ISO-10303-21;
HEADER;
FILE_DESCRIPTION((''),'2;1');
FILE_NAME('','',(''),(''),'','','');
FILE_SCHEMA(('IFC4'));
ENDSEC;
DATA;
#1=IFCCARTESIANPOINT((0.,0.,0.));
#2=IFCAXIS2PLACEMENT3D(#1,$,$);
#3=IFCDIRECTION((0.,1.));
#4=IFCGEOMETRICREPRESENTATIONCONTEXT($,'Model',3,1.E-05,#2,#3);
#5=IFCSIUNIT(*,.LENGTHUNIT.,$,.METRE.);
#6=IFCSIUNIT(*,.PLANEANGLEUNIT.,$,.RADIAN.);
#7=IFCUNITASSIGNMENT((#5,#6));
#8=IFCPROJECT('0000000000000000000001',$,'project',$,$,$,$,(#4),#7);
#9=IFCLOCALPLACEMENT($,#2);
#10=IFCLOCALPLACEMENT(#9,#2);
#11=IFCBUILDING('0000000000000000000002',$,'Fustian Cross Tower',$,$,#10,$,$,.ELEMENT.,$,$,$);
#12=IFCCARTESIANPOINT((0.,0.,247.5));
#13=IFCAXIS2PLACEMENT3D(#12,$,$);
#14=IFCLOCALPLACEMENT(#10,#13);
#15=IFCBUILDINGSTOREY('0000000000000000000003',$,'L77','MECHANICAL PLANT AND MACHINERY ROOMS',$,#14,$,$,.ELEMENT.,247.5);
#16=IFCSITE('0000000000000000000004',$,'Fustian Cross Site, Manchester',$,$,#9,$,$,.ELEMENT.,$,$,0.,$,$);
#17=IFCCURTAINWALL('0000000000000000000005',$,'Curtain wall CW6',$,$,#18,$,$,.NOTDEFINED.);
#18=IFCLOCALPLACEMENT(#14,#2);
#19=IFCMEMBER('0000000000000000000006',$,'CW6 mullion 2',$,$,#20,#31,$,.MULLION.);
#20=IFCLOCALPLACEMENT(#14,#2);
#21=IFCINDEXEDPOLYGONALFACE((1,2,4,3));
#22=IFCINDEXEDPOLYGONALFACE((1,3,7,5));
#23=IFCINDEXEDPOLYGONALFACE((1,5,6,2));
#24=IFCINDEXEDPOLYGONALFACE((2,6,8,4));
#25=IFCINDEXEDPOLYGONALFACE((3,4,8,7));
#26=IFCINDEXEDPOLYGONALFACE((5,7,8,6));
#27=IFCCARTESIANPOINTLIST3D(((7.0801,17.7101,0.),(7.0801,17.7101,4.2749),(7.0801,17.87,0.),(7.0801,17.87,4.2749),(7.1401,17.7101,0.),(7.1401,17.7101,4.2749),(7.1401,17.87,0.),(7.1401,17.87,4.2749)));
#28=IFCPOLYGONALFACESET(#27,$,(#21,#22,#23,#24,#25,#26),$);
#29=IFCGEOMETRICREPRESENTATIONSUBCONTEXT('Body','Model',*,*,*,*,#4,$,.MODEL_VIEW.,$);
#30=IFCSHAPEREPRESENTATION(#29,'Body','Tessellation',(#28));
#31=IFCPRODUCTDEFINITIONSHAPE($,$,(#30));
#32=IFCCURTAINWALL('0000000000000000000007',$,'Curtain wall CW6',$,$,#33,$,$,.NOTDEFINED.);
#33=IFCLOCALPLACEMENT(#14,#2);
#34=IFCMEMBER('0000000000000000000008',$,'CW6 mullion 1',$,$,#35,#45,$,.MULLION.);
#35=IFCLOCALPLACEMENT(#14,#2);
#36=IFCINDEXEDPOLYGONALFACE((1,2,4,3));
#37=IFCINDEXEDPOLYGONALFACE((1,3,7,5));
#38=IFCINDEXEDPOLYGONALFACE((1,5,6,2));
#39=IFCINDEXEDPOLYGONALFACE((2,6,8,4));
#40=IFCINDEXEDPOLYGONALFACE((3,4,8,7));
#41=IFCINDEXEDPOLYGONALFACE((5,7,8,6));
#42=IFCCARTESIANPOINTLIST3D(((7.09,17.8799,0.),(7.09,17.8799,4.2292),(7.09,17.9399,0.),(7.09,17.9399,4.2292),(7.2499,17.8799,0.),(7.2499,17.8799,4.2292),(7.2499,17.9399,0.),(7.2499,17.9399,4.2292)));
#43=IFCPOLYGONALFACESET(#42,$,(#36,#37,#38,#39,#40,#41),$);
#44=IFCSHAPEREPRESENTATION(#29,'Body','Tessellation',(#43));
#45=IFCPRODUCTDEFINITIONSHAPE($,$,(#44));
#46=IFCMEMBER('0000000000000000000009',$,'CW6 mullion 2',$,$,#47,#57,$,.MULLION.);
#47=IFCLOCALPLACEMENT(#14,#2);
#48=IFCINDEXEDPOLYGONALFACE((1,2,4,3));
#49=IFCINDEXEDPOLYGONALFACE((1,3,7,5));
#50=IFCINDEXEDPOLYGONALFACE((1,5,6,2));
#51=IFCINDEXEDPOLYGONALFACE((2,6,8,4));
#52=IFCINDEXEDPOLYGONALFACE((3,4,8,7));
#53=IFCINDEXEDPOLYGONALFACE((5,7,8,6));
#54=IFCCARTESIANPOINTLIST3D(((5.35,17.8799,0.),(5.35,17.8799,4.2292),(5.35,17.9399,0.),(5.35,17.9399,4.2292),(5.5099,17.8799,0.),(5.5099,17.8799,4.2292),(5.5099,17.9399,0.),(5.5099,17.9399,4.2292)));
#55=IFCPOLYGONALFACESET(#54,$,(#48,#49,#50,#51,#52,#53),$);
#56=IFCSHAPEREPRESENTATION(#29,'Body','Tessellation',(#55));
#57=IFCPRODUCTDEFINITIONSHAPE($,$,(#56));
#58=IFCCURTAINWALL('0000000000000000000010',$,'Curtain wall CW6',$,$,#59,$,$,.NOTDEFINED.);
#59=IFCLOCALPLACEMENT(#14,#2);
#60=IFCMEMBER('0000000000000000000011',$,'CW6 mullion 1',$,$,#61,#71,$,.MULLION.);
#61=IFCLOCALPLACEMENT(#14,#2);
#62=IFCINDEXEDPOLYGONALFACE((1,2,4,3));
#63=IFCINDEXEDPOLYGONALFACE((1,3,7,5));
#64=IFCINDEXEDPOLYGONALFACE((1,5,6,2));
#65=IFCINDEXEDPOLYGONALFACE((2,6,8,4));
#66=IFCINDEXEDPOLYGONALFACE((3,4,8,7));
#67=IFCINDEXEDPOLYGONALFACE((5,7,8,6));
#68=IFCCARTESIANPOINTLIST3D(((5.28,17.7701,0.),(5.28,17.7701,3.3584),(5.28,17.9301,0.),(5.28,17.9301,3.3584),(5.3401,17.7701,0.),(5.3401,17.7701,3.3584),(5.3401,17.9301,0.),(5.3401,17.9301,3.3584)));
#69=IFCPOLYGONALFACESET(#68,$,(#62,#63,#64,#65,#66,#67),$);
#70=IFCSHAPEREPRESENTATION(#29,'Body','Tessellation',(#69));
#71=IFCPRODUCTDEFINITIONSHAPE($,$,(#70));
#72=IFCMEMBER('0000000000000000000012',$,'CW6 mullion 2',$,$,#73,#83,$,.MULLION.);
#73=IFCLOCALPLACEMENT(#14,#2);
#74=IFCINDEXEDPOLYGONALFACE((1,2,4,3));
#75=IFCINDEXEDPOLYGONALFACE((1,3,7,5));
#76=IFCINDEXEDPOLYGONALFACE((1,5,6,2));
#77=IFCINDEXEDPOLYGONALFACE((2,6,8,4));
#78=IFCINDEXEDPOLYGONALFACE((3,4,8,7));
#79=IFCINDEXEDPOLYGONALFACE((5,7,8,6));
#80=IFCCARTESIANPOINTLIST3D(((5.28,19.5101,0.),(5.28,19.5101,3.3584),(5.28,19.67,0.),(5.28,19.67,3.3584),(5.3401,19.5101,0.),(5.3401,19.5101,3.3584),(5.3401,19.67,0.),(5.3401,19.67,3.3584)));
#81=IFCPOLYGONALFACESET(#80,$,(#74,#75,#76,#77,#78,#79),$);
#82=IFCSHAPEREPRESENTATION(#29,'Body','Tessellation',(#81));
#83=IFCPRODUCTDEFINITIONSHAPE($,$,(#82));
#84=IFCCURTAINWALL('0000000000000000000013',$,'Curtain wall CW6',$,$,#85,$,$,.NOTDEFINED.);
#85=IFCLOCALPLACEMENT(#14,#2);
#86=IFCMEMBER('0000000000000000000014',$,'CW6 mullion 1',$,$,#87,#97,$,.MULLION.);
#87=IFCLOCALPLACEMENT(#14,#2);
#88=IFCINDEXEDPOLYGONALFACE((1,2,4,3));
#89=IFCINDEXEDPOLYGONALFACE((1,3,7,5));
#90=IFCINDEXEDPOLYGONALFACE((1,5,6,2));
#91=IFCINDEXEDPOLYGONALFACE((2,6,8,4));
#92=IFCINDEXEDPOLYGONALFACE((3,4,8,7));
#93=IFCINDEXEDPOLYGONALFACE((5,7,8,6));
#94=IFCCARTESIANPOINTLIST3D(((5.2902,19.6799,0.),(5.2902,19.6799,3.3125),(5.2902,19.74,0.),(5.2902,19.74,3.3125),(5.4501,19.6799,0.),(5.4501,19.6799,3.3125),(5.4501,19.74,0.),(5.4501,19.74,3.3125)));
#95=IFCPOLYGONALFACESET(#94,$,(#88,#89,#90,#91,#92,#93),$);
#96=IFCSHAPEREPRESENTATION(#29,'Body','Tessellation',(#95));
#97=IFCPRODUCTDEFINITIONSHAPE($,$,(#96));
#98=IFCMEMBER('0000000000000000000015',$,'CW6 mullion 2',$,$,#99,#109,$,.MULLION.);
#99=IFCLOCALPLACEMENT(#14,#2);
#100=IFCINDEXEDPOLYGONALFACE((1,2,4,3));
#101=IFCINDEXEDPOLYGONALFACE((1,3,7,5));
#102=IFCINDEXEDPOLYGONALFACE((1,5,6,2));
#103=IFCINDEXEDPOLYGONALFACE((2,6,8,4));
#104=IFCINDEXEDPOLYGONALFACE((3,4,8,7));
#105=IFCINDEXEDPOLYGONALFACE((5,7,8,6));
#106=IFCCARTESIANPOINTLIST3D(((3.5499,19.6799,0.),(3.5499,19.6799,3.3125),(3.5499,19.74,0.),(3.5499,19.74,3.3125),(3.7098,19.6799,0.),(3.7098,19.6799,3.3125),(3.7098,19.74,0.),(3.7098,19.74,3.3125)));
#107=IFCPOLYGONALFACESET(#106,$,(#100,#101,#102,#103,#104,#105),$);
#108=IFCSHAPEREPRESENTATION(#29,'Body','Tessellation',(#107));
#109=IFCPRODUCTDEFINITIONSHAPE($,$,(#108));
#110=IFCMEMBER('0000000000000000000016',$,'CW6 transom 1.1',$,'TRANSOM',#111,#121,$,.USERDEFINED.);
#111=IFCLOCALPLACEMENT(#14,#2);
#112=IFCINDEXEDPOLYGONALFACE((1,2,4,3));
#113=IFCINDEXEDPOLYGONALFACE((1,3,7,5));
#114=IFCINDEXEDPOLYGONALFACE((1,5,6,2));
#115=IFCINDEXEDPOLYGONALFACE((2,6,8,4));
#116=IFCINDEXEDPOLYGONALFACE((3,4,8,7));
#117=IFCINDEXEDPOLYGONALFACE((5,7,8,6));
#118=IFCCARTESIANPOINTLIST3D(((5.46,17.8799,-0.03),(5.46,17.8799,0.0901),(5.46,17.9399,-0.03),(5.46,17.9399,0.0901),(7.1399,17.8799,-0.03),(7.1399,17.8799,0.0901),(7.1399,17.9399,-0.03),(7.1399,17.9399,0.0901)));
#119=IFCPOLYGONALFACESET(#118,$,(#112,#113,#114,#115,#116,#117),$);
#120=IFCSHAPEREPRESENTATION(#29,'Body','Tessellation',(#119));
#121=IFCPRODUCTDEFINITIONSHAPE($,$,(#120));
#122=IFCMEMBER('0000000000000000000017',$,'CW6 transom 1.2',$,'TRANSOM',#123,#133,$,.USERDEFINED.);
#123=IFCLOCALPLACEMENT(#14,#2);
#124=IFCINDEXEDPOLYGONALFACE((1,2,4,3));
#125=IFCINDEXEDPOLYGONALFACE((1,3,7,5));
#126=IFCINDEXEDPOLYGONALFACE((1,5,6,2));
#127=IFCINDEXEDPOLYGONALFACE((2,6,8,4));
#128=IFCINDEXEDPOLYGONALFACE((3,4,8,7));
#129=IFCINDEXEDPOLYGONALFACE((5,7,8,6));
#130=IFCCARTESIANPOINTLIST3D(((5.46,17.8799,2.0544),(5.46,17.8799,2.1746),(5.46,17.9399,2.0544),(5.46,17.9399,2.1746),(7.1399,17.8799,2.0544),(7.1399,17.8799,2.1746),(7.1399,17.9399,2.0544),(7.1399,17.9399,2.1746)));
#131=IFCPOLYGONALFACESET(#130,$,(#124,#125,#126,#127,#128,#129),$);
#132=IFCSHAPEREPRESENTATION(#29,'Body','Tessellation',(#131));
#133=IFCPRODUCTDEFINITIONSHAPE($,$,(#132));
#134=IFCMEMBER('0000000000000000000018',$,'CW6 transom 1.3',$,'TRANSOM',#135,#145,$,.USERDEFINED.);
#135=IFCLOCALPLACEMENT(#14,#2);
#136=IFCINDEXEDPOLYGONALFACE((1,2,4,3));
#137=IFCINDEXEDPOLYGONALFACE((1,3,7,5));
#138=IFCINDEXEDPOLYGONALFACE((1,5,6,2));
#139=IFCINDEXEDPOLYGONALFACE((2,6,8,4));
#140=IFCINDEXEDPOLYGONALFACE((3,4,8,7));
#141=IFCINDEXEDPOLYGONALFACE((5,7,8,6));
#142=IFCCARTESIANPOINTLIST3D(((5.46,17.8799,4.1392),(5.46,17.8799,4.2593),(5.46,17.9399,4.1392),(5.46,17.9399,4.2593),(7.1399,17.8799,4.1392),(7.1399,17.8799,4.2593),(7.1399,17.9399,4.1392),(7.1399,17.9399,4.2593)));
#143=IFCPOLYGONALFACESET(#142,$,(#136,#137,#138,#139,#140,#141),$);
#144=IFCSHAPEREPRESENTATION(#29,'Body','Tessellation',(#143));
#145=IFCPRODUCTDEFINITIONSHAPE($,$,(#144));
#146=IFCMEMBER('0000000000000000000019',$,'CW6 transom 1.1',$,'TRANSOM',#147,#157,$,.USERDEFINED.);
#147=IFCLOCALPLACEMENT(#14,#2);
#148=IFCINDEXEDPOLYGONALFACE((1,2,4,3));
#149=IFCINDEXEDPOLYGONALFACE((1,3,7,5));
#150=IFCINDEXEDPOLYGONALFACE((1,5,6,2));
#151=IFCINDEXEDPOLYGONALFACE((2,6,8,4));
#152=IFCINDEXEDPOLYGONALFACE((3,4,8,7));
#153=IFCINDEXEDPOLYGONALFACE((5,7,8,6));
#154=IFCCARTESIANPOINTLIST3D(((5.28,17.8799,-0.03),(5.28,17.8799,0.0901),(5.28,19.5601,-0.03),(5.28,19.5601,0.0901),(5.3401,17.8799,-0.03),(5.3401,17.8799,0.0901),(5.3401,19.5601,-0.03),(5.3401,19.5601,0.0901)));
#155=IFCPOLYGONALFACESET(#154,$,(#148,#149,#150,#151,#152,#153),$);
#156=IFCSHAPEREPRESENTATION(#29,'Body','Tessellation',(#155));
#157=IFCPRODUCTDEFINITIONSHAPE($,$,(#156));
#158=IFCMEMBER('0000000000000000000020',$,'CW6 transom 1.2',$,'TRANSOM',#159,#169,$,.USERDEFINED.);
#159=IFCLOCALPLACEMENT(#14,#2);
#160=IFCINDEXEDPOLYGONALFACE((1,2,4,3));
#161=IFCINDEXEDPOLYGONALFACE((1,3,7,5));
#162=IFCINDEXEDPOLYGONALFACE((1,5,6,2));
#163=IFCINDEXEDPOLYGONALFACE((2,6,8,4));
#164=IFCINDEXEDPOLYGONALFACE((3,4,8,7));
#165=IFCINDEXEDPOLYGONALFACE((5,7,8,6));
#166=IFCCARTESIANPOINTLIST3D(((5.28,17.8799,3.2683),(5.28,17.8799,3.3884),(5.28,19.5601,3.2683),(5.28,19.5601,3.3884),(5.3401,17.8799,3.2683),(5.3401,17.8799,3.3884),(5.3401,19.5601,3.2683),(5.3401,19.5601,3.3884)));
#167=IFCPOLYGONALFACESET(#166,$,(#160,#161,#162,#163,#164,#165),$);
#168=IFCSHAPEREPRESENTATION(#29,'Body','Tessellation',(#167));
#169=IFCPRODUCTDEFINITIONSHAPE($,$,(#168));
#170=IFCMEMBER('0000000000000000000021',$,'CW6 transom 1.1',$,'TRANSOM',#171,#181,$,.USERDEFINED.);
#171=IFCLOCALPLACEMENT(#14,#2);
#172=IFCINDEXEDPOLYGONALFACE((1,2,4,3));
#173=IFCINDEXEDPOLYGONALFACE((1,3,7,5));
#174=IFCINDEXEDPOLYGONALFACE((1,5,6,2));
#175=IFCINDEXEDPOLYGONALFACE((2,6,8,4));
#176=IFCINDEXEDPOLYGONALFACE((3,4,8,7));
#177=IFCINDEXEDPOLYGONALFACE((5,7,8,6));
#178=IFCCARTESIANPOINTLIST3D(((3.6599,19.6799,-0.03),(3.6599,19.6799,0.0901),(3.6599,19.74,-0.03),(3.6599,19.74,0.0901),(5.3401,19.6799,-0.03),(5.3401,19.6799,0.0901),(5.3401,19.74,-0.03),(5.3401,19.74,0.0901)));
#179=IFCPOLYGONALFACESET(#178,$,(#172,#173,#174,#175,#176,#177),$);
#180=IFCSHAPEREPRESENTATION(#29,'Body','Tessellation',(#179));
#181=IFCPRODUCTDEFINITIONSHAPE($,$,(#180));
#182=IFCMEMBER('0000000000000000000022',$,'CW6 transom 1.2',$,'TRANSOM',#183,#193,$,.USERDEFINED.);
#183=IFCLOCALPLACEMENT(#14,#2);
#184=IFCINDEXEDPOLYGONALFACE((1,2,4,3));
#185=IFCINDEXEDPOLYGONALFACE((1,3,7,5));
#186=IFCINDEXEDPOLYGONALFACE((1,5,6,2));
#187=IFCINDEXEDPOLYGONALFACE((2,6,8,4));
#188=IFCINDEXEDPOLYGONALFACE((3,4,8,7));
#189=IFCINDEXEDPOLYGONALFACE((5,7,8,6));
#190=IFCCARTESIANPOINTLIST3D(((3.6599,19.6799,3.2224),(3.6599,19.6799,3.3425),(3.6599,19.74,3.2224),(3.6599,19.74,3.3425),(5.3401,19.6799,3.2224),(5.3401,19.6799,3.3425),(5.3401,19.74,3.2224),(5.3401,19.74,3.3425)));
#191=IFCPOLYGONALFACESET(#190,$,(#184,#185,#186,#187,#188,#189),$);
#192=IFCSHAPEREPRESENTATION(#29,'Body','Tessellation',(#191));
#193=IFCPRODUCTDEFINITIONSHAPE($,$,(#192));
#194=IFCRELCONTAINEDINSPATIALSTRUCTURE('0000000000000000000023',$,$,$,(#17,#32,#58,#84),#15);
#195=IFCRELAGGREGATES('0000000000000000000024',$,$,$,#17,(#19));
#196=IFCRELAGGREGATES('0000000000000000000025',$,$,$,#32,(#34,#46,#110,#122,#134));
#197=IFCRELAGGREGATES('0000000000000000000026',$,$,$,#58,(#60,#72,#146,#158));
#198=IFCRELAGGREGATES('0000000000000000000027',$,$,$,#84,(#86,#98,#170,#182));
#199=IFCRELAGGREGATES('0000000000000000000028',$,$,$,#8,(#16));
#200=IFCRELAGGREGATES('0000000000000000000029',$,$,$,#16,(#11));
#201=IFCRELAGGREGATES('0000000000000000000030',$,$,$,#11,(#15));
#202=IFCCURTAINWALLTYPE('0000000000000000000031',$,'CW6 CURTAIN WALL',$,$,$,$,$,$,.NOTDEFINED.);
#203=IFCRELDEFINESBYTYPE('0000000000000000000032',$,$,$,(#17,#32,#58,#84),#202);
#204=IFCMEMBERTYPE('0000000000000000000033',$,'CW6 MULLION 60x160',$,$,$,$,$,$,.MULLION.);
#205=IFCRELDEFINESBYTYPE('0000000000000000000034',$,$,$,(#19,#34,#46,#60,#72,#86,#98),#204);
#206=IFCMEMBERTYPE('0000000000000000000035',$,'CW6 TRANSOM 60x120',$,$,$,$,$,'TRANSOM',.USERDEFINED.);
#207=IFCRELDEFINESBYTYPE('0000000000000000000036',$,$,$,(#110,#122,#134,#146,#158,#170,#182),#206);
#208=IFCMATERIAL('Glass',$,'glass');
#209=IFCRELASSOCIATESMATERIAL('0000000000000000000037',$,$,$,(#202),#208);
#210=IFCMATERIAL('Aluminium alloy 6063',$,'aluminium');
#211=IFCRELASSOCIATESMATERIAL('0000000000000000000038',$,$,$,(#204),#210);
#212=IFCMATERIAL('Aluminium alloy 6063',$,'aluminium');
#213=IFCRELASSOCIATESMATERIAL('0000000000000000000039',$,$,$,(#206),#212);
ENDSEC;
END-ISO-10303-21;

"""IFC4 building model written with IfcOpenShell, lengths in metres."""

from ifc_helpers import new_model, si_unit, direction, frame, origin, origin_2d, place, context, subcontext, project, spatial, rectangle, extrude, material, material_profile, profile_set, type_object, element, aggregate, save


model = new_model("IFC4")

# Units and contexts
model_context = context("Model", 3, precision=1e-05, world=origin(), true_north=direction((0.0, 1.0)))
body_context = subcontext(model_context, "Body", "Model", "MODEL_VIEW")
ifc_project = project(units=[si_unit("LENGTHUNIT", "METRE"), si_unit("PLANEANGLEUNIT", "RADIAN")], contexts=[model_context])

# Site, building, storey
site_placement = place(None, origin())
site = spatial("IfcSite", under=ifc_project, at=site_placement, Name="Fustian Cross Site, Manchester", CompositionType="ELEMENT", RefElevation=0.0)
building_placement = place(site_placement, origin())
building = spatial("IfcBuilding", under=site, at=building_placement, Name="Fustian Cross Tower", CompositionType="ELEMENT")
storey_placement = place(building_placement, frame((0.0, 0.0, 247.5)))
storey = spatial("IfcBuildingStorey", under=building, at=storey_placement, Name="L77", Description="MECHANICAL PLANT AND MACHINERY ROOMS", CompositionType="ELEMENT", Elevation=247.5)

# Curtain wall, member
ifc_material_1 = material(Name="Glass", Category="glass")
curtain_wall_type = type_object("IfcCurtainWallType", Name="CW6 CURTAIN WALL", PredefinedType="NOTDEFINED", material=ifc_material_1)
curtain_wall_1_placement = place(storey_placement, origin())
curtain_wall_1 = element("IfcCurtainWall", 1, at=curtain_wall_1_placement, inside=storey, type_object=curtain_wall_type, Name="Curtain wall CW6", PredefinedType="NOTDEFINED")
ifc_material_2 = material(Name="Aluminium alloy 6063", Category="aluminium")
ifc_material_profile_1 = material_profile(ifc_material_2, rectangle(XDim=0.0601, YDim=0.1599, at=origin_2d()), Name="CW6 MULLION 60x160")
ifc_profile_set_1 = profile_set([ifc_material_profile_1], Name="Aluminium alloy 6063")
member_type_1 = type_object("IfcMemberType", Name="CW6 MULLION 60x160", PredefinedType="MULLION", material=ifc_profile_set_1)
member_1_placement = place(storey_placement, frame((7.1101, 17.79, 0.0), z_axis=(0.0, 0.0, 1.0), x_axis=(-1.0, 0.0, 0.0)))
member_1 = element("IfcMember", 2, at=member_1_placement, type_object=member_type_1, Name="CW6 mullion 2", PredefinedType="MULLION", context=body_context, shape_type="SweptSolid", body=[
    extrude(rectangle(XDim=0.0601, YDim=0.1599, at=origin_2d()), origin(), (0.0, 0.0, 1.0), 4.2749),
])
aggregate(curtain_wall_1, [member_1])

# Curtain walls, members
curtain_wall_2_placement = place(storey_placement, origin())
curtain_wall_2 = element("IfcCurtainWall", 3, at=curtain_wall_2_placement, inside=storey, type_object=curtain_wall_type, Name="Curtain wall CW6", PredefinedType="NOTDEFINED")
member_2_placement = place(storey_placement, frame((7.1699, 17.9099, 0.0), z_axis=(0.0, 0.0, 1.0), x_axis=(0.0, -1.0, 0.0)))
member_2 = element("IfcMember", 4, at=member_2_placement, type_object=member_type_1, Name="CW6 mullion 1", PredefinedType="MULLION", context=body_context, shape_type="SweptSolid", body=[
    extrude(rectangle(XDim=0.0601, YDim=0.1599, at=origin_2d()), origin(), (0.0, 0.0, 1.0), 4.2292),
])
member_3_placement = place(storey_placement, frame((5.4299, 17.9099, 0.0), z_axis=(0.0, 0.0, 1.0), x_axis=(0.0, -1.0, 0.0)))
member_3 = element("IfcMember", 5, at=member_3_placement, type_object=member_type_1, Name="CW6 mullion 2", PredefinedType="MULLION", context=body_context, shape_type="SweptSolid", body=[
    extrude(rectangle(XDim=0.0601, YDim=0.1599, at=origin_2d()), origin(), (0.0, 0.0, 1.0), 4.2292),
])
curtain_wall_3_placement = place(storey_placement, origin())
curtain_wall_3 = element("IfcCurtainWall", 6, at=curtain_wall_3_placement, inside=storey, type_object=curtain_wall_type, Name="Curtain wall CW6", PredefinedType="NOTDEFINED")
member_4_placement = place(storey_placement, frame((5.3101, 17.8501, 0.0), z_axis=(0.0, 0.0, 1.0), x_axis=(-1.0, 0.0, 0.0)))
member_4 = element("IfcMember", 7, at=member_4_placement, type_object=member_type_1, Name="CW6 mullion 1", PredefinedType="MULLION", context=body_context, shape_type="SweptSolid", body=[
    extrude(rectangle(XDim=0.0601, YDim=0.1599, at=origin_2d()), origin(), (0.0, 0.0, 1.0), 3.3584),
])
member_5_placement = place(storey_placement, frame((5.3101, 19.5901, 0.0), z_axis=(0.0, 0.0, 1.0), x_axis=(-1.0, 0.0, 0.0)))
member_5 = element("IfcMember", 8, at=member_5_placement, type_object=member_type_1, Name="CW6 mullion 2", PredefinedType="MULLION", context=body_context, shape_type="SweptSolid", body=[
    extrude(rectangle(XDim=0.0601, YDim=0.1599, at=origin_2d()), origin(), (0.0, 0.0, 1.0), 3.3584),
])
curtain_wall_4_placement = place(storey_placement, origin())
curtain_wall_4 = element("IfcCurtainWall", 9, at=curtain_wall_4_placement, inside=storey, type_object=curtain_wall_type, Name="Curtain wall CW6", PredefinedType="NOTDEFINED")
member_6_placement = place(storey_placement, frame((5.3701, 19.71, 0.0), z_axis=(0.0, 0.0, 1.0), x_axis=(0.0, -1.0, 0.0)))
member_6 = element("IfcMember", 10, at=member_6_placement, type_object=member_type_1, Name="CW6 mullion 1", PredefinedType="MULLION", context=body_context, shape_type="SweptSolid", body=[
    extrude(rectangle(XDim=0.0601, YDim=0.1599, at=origin_2d()), origin(), (0.0, 0.0, 1.0), 3.3125),
])
member_7_placement = place(storey_placement, frame((3.6299, 19.71, 0.0), z_axis=(0.0, 0.0, 1.0), x_axis=(0.0, -1.0, 0.0)))
member_7 = element("IfcMember", 11, at=member_7_placement, type_object=member_type_1, Name="CW6 mullion 2", PredefinedType="MULLION", context=body_context, shape_type="SweptSolid", body=[
    extrude(rectangle(XDim=0.0601, YDim=0.1599, at=origin_2d()), origin(), (0.0, 0.0, 1.0), 3.3125),
])

# Members
ifc_material_3 = material(Name="Aluminium alloy 6063", Category="aluminium")
ifc_material_profile_2 = material_profile(ifc_material_3, rectangle(XDim=0.0601, YDim=0.1201, at=origin_2d()), Name="CW6 TRANSOM 60x120")
ifc_profile_set_2 = profile_set([ifc_material_profile_2], Name="Aluminium alloy 6063")
member_type_2 = type_object("IfcMemberType", Name="CW6 TRANSOM 60x120", ElementType="TRANSOM", PredefinedType="USERDEFINED", material=ifc_profile_set_2)
member_8_placement = place(storey_placement, frame((7.1399, 17.9099, 0.03), z_axis=(-1.0, 0.0, 0.0), x_axis=(0.0, -1.0, 0.0)))
member_8 = element("IfcMember", 12, at=member_8_placement, type_object=member_type_2, Name="CW6 transom 1.1", ObjectType="TRANSOM", PredefinedType="USERDEFINED", context=body_context, shape_type="SweptSolid", body=[
    extrude(rectangle(XDim=0.0601, YDim=0.1201, at=origin_2d()), origin(), (0.0, 0.0, 1.0), 1.6799),
])
member_9_placement = place(storey_placement, frame((7.1399, 17.9099, 2.1145), z_axis=(-1.0, 0.0, 0.0), x_axis=(0.0, -1.0, 0.0)))
member_9 = element("IfcMember", 13, at=member_9_placement, type_object=member_type_2, Name="CW6 transom 1.2", ObjectType="TRANSOM", PredefinedType="USERDEFINED", context=body_context, shape_type="SweptSolid", body=[
    extrude(rectangle(XDim=0.0601, YDim=0.1201, at=origin_2d()), origin(), (0.0, 0.0, 1.0), 1.6799),
])
member_10_placement = place(storey_placement, frame((7.1399, 17.9099, 4.1992), z_axis=(-1.0, 0.0, 0.0), x_axis=(0.0, -1.0, 0.0)))
member_10 = element("IfcMember", 14, at=member_10_placement, type_object=member_type_2, Name="CW6 transom 1.3", ObjectType="TRANSOM", PredefinedType="USERDEFINED", context=body_context, shape_type="SweptSolid", body=[
    extrude(rectangle(XDim=0.0601, YDim=0.1201, at=origin_2d()), origin(), (0.0, 0.0, 1.0), 1.6799),
])
member_11_placement = place(storey_placement, frame((5.3101, 17.8799, 0.03), z_axis=(0.0, 1.0, 0.0), x_axis=(-1.0, 0.0, 0.0)))
member_11 = element("IfcMember", 15, at=member_11_placement, type_object=member_type_2, Name="CW6 transom 1.1", ObjectType="TRANSOM", PredefinedType="USERDEFINED", context=body_context, shape_type="SweptSolid", body=[
    extrude(rectangle(XDim=0.0601, YDim=0.1201, at=origin_2d()), origin(), (0.0, 0.0, 1.0), 1.6802),
])
member_12_placement = place(storey_placement, frame((5.3101, 17.8799, 3.3284), z_axis=(0.0, 1.0, 0.0), x_axis=(-1.0, 0.0, 0.0)))
member_12 = element("IfcMember", 16, at=member_12_placement, type_object=member_type_2, Name="CW6 transom 1.2", ObjectType="TRANSOM", PredefinedType="USERDEFINED", context=body_context, shape_type="SweptSolid", body=[
    extrude(rectangle(XDim=0.0601, YDim=0.1201, at=origin_2d()), origin(), (0.0, 0.0, 1.0), 1.6802),
])
member_13_placement = place(storey_placement, frame((5.3401, 19.71, 0.03), z_axis=(-1.0, 0.0, 0.0), x_axis=(0.0, -1.0, 0.0)))
member_13 = element("IfcMember", 17, at=member_13_placement, type_object=member_type_2, Name="CW6 transom 1.1", ObjectType="TRANSOM", PredefinedType="USERDEFINED", context=body_context, shape_type="SweptSolid", body=[
    extrude(rectangle(XDim=0.0601, YDim=0.1201, at=origin_2d()), origin(), (0.0, 0.0, 1.0), 1.6802),
])
member_14_placement = place(storey_placement, frame((5.3401, 19.71, 3.2825), z_axis=(-1.0, 0.0, 0.0), x_axis=(0.0, -1.0, 0.0)))
member_14 = element("IfcMember", 18, at=member_14_placement, type_object=member_type_2, Name="CW6 transom 1.2", ObjectType="TRANSOM", PredefinedType="USERDEFINED", context=body_context, shape_type="SweptSolid", body=[
    extrude(rectangle(XDim=0.0601, YDim=0.1201, at=origin_2d()), origin(), (0.0, 0.0, 1.0), 1.6802),
])

aggregate(curtain_wall_2, [member_2, member_3, member_8, member_9, member_10])
aggregate(curtain_wall_3, [member_4, member_5, member_11, member_12])
aggregate(curtain_wall_4, [member_6, member_7, member_13, member_14])

save(model, "model.ifc")
